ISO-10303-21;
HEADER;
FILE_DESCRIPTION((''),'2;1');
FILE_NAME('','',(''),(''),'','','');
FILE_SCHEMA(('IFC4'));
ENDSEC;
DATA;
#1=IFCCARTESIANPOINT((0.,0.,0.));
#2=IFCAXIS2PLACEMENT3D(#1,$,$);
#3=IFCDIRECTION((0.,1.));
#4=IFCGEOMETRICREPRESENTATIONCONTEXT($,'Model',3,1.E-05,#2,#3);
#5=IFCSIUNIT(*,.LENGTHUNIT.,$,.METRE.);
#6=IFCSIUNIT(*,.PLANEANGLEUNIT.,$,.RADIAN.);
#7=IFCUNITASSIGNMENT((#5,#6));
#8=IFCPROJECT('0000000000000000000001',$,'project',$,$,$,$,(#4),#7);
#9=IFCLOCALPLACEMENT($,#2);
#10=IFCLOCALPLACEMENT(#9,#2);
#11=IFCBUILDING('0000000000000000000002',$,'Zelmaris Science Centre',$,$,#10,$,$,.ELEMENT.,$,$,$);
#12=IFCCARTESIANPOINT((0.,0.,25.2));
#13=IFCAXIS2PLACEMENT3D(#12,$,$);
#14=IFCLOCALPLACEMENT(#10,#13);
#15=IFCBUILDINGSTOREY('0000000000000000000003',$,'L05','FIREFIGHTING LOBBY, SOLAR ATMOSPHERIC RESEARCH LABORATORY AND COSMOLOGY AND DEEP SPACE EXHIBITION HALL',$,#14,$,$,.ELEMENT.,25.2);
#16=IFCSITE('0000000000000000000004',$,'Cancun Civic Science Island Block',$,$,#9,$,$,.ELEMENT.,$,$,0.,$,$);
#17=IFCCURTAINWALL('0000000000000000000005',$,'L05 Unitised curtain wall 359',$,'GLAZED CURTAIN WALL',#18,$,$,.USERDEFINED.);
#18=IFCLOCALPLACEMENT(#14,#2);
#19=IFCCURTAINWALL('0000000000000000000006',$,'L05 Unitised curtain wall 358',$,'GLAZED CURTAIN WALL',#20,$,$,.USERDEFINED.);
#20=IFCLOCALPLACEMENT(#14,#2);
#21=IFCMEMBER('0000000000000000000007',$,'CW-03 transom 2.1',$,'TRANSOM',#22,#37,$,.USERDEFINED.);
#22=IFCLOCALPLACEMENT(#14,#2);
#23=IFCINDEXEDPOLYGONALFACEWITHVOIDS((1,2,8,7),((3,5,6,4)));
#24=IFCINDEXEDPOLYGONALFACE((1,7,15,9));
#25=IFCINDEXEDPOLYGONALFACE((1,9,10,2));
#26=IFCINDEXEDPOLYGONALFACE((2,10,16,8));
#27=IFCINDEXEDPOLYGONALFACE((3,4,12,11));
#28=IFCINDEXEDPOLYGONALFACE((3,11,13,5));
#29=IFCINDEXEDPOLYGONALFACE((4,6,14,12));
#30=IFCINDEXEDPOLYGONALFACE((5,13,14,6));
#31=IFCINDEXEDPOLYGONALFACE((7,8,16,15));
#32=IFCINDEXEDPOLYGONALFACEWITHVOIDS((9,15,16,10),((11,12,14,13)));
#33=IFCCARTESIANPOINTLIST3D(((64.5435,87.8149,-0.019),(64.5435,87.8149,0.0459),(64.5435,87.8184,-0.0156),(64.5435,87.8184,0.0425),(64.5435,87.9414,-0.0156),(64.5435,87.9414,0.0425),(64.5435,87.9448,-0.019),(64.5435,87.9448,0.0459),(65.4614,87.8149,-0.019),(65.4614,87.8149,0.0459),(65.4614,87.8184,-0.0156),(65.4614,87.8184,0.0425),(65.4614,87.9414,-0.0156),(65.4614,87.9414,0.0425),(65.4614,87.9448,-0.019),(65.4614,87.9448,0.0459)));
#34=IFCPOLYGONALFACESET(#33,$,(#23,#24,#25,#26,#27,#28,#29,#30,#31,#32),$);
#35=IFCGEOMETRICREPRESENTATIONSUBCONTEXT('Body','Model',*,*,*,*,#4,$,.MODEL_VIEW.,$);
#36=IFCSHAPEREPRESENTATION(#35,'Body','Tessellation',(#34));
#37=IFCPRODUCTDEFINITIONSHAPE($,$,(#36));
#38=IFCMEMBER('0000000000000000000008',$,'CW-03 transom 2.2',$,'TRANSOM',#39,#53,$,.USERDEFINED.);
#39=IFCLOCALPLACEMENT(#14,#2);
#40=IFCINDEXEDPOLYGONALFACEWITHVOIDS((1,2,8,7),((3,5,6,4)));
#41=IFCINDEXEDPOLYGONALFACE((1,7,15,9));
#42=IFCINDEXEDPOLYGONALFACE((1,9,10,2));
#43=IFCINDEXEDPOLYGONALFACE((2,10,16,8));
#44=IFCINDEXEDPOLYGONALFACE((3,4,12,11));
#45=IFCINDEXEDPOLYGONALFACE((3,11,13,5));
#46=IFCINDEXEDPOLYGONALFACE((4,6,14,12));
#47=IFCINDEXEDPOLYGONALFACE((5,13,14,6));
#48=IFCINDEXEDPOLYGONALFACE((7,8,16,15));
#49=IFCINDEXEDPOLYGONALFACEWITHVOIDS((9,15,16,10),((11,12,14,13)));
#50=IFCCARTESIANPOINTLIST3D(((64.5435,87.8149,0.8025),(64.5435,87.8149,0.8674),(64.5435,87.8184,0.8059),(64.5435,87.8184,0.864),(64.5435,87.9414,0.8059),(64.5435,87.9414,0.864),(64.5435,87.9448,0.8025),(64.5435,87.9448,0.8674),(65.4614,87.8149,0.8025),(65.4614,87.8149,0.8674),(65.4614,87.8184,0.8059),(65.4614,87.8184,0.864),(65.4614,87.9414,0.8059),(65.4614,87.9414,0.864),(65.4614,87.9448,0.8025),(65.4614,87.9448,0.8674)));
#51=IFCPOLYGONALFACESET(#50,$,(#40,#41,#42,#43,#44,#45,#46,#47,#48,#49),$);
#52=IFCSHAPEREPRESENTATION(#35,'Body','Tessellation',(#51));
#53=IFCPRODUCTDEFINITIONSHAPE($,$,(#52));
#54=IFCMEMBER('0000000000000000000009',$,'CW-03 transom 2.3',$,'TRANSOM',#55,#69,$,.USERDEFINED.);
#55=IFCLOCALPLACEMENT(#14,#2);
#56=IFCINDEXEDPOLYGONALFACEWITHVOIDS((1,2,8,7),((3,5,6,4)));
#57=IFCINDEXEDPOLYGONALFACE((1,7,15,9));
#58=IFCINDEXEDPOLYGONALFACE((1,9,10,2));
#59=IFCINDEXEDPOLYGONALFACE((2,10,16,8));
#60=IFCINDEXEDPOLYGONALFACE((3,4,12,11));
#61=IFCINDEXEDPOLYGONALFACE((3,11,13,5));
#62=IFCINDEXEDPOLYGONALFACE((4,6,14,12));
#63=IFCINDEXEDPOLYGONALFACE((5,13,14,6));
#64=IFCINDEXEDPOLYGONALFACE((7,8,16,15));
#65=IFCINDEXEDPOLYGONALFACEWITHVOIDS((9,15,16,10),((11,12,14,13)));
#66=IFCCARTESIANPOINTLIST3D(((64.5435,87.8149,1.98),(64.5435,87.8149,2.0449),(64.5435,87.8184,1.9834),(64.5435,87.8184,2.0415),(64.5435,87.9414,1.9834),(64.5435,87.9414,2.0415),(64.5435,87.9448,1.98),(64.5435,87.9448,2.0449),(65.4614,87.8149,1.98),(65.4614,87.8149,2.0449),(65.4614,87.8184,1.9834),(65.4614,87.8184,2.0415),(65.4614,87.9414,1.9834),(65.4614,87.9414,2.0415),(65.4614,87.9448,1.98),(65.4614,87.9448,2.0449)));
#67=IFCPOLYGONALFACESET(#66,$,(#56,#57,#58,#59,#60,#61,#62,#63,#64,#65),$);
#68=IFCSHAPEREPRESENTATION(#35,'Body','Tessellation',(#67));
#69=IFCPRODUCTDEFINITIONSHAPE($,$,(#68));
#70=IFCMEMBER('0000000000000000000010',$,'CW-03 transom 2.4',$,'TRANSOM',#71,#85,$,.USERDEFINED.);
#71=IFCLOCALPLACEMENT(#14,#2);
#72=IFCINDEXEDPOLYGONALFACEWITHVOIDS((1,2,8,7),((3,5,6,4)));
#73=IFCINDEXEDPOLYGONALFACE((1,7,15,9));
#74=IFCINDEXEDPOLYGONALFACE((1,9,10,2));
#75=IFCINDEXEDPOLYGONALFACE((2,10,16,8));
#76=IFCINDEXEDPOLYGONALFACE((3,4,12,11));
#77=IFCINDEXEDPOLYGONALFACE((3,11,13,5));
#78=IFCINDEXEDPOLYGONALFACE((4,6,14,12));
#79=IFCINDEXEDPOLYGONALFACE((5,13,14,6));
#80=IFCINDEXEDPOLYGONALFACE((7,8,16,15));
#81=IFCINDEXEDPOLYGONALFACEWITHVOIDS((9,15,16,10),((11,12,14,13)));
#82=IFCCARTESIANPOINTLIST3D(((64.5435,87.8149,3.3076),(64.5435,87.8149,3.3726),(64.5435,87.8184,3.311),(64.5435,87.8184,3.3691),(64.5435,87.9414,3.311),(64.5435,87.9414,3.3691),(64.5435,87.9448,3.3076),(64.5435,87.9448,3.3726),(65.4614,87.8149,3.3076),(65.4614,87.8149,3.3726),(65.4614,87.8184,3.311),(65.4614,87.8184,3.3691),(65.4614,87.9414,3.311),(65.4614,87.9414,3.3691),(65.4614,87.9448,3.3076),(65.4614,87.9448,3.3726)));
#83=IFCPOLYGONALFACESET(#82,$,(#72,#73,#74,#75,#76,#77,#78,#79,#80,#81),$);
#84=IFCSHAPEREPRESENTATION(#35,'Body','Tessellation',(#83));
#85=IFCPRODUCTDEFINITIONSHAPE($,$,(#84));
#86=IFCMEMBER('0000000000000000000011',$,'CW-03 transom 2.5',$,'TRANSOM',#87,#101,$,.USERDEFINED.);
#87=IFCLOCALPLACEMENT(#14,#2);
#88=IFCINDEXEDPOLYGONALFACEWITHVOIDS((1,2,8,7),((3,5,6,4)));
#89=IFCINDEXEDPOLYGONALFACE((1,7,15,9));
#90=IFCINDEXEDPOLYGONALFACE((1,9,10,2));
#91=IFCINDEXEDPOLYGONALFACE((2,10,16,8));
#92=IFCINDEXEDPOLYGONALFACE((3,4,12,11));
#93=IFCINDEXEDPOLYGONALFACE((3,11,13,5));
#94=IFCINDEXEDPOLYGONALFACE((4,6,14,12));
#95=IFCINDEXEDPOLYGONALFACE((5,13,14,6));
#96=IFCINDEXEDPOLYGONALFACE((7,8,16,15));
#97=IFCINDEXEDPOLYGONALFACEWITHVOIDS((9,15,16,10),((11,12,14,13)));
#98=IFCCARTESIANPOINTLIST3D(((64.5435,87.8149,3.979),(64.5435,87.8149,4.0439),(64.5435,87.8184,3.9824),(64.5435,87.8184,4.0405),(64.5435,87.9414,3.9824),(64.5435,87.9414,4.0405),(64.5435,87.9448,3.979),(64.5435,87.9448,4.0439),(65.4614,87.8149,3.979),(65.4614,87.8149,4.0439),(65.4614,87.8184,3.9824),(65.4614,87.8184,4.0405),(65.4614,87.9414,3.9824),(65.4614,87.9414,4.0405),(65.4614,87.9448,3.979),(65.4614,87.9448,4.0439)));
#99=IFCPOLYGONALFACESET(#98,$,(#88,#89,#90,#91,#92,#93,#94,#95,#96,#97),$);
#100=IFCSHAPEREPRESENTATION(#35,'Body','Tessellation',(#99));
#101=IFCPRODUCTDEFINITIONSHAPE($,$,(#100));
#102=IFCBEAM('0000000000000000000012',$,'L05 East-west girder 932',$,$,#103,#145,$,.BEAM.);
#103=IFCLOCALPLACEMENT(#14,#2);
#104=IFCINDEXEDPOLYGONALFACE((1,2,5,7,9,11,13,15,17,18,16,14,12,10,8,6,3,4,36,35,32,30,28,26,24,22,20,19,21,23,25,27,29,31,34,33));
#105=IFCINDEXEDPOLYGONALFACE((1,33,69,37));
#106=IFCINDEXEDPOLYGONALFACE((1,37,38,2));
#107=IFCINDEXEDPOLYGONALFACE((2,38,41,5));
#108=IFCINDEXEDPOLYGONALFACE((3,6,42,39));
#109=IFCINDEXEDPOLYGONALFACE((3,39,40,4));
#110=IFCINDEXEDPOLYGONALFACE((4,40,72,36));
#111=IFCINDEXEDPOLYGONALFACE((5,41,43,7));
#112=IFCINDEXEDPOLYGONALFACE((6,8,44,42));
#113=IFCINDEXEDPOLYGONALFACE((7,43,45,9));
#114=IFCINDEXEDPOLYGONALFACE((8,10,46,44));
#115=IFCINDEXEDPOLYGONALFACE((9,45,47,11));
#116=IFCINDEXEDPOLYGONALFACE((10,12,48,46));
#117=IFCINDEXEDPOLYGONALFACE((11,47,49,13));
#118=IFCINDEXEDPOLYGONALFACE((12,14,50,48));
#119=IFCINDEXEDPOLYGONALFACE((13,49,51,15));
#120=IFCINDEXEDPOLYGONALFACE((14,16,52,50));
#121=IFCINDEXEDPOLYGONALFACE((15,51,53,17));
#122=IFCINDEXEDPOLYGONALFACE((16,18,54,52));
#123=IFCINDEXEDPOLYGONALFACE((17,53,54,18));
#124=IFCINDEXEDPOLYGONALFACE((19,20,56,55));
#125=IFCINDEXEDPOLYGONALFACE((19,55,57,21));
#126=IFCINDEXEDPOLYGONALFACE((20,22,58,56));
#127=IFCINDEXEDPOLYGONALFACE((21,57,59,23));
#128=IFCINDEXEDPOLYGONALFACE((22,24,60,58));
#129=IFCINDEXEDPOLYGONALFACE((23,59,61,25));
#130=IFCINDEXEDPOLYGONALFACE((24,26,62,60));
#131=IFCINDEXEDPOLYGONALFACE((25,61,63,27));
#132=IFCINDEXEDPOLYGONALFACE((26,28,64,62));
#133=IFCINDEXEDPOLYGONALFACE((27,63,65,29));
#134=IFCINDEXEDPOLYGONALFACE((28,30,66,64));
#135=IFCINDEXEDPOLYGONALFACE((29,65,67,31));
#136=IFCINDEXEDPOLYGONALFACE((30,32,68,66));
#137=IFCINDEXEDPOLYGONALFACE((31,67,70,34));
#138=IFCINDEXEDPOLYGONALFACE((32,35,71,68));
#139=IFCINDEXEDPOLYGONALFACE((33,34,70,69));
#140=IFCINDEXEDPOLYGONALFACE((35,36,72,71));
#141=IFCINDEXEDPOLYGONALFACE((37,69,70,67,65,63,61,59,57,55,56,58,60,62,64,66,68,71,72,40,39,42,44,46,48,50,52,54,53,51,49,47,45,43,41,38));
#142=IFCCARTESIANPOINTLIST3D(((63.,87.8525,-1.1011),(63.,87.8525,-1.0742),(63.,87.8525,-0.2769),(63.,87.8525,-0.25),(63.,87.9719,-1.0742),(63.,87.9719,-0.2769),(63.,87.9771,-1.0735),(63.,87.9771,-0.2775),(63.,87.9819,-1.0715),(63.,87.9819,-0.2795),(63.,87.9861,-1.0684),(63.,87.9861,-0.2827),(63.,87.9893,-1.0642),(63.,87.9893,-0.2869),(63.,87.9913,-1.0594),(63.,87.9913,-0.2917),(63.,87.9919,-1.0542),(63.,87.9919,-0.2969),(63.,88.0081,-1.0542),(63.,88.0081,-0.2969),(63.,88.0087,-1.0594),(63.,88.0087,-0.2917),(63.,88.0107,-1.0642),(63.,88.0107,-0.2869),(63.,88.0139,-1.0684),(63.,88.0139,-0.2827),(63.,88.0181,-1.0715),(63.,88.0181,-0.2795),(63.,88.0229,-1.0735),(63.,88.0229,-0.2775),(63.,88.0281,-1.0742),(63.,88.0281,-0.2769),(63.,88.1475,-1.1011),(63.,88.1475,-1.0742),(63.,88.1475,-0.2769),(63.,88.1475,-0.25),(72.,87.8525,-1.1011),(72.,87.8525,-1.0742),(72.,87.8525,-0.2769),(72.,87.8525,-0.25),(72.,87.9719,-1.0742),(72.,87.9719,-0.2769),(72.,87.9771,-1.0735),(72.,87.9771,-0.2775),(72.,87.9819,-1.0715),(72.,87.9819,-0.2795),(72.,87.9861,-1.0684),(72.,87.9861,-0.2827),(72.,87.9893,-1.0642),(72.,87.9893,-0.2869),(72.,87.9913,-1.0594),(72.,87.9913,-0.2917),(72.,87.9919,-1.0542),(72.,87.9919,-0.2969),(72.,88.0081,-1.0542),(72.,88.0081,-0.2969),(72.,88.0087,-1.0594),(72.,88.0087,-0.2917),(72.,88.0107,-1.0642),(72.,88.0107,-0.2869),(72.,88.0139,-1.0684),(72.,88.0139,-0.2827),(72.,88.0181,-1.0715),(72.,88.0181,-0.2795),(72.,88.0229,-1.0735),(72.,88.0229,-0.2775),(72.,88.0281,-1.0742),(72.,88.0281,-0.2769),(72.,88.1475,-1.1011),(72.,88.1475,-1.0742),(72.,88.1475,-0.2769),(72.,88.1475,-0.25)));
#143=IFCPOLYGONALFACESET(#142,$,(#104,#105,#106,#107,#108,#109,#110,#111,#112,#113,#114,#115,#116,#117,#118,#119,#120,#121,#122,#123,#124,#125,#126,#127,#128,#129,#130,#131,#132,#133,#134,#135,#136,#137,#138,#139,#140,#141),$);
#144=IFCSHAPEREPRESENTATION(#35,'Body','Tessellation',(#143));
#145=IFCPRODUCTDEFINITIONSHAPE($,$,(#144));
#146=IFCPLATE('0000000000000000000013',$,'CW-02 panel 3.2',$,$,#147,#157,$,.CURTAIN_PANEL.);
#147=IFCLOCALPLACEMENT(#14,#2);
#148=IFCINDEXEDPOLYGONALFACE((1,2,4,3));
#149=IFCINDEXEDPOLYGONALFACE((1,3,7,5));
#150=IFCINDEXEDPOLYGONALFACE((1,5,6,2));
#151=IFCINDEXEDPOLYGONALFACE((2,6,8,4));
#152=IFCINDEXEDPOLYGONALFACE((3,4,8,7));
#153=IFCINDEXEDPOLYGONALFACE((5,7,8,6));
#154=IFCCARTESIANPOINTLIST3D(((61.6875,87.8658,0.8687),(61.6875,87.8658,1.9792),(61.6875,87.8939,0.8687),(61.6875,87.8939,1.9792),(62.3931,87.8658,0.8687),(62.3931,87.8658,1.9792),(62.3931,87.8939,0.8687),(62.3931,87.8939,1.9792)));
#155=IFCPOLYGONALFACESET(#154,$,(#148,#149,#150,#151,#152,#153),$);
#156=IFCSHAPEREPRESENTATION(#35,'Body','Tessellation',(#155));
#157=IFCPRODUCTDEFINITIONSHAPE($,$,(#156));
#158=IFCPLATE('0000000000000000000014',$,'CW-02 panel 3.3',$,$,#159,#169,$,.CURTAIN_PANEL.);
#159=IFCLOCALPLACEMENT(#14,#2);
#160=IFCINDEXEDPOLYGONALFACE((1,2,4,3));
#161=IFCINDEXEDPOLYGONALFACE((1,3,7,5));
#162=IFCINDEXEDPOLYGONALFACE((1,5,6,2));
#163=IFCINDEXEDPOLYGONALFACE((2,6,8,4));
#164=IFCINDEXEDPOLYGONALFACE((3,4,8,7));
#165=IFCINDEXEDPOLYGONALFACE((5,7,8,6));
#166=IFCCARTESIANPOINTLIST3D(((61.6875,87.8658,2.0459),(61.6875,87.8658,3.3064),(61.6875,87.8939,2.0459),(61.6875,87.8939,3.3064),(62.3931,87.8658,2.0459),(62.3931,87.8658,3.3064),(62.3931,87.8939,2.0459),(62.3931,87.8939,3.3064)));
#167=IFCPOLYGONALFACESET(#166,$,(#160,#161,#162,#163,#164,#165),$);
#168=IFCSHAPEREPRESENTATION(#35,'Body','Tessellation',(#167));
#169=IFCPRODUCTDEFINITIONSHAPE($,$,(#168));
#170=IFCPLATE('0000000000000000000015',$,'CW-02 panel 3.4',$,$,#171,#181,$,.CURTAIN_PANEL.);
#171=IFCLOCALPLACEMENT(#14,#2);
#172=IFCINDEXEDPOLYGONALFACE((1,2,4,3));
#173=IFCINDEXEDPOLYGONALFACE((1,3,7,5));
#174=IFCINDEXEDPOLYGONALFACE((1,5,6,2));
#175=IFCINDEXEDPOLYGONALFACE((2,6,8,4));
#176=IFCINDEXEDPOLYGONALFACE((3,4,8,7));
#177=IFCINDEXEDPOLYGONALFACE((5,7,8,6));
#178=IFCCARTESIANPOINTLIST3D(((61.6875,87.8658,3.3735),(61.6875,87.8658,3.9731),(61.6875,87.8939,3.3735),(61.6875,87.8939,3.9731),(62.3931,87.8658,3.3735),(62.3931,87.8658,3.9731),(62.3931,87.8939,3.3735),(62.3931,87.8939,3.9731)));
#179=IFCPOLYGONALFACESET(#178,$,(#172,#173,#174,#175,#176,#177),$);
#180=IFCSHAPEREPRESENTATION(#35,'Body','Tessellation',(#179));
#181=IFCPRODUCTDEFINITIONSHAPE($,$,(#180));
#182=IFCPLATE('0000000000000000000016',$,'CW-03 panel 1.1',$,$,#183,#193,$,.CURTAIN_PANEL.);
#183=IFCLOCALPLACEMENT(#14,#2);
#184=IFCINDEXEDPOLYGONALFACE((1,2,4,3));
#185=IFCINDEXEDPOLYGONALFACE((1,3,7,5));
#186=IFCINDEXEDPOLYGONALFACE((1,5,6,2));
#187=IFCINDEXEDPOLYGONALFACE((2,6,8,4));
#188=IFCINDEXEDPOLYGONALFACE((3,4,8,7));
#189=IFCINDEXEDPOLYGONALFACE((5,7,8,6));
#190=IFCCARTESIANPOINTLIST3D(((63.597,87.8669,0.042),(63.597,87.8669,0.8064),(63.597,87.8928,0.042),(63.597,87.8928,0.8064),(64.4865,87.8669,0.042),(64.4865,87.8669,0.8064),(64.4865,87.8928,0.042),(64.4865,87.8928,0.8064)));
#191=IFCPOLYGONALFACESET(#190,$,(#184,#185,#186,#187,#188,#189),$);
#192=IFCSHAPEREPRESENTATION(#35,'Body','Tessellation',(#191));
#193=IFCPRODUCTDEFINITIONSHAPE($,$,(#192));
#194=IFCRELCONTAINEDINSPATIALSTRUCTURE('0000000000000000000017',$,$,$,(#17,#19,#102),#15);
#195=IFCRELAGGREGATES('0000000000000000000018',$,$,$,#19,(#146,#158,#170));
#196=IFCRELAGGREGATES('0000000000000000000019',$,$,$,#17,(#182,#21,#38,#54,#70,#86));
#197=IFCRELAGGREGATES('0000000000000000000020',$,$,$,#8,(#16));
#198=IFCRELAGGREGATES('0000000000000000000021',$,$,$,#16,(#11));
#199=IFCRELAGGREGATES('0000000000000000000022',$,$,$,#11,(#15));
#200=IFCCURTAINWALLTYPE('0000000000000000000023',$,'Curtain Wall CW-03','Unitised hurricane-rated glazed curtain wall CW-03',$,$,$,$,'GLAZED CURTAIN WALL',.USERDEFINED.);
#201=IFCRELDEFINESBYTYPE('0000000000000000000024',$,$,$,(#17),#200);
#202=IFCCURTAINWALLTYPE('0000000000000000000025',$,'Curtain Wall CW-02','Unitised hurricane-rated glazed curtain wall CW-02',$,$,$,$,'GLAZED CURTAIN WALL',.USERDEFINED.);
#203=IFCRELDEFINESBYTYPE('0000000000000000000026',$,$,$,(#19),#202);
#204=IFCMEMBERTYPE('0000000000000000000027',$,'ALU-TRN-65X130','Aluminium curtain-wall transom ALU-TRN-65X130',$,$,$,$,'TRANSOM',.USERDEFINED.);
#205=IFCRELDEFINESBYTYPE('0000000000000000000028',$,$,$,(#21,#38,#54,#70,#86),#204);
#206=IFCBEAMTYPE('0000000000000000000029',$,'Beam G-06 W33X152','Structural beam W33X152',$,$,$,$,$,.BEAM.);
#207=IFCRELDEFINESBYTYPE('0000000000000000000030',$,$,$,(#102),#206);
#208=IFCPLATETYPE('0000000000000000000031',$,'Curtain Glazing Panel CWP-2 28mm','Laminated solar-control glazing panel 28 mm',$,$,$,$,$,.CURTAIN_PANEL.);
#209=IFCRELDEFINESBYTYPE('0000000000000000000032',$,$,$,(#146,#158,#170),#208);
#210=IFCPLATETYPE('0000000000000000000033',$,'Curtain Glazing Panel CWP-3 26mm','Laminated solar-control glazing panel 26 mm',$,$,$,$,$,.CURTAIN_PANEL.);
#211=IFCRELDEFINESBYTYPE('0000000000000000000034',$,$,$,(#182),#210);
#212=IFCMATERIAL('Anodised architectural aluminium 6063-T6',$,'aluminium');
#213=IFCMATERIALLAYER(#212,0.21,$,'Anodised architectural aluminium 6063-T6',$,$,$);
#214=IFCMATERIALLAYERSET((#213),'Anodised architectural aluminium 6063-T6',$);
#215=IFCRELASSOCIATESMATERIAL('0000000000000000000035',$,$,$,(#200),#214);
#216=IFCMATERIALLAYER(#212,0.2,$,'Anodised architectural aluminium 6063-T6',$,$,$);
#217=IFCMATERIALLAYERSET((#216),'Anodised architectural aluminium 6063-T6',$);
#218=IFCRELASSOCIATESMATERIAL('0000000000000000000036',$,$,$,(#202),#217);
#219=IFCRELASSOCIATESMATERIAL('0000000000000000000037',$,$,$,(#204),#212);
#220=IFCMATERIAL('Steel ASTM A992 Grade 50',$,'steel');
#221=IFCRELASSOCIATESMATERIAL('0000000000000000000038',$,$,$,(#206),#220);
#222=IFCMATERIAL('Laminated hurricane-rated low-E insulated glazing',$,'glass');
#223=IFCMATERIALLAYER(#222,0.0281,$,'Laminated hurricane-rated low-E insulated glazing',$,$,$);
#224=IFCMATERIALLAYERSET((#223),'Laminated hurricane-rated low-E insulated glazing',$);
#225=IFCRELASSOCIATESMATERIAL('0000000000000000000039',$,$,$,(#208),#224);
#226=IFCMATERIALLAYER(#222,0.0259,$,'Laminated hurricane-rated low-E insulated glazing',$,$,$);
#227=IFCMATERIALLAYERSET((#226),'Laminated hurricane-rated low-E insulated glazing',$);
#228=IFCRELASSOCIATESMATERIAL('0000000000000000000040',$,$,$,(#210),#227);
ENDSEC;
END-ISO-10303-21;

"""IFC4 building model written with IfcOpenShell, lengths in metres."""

from ifc_helpers import new_model, si_unit, direction, frame, origin, origin_2d, place, context, subcontext, project, spatial, rectangle, hollow_rectangle, i_section, extrude, material, layer, layer_set, material_profile, profile_set, type_object, element, aggregate, save


model = new_model("IFC4")

# Units and contexts
model_context = context("Model", 3, precision=1e-05, world=origin(), true_north=direction((0.0, 1.0)))
body_context = subcontext(model_context, "Body", "Model", "MODEL_VIEW")
ifc_project = project(units=[si_unit("LENGTHUNIT", "METRE"), si_unit("PLANEANGLEUNIT", "RADIAN")], contexts=[model_context])

# Site, building, storey
site_placement = place(None, origin())
site = spatial("IfcSite", under=ifc_project, at=site_placement, Name="Cancun Civic Science Island Block", CompositionType="ELEMENT", RefElevation=0.0)
building_placement = place(site_placement, origin())
building = spatial("IfcBuilding", under=site, at=building_placement, Name="Zelmaris Science Centre", CompositionType="ELEMENT")
storey_placement = place(building_placement, frame((0.0, 0.0, 25.2)))
storey = spatial("IfcBuildingStorey", under=building, at=storey_placement, Name="L05", Description="FIREFIGHTING LOBBY, SOLAR ATMOSPHERIC RESEARCH LABORATORY AND COSMOLOGY AND DEEP SPACE EXHIBITION HALL", CompositionType="ELEMENT", Elevation=25.2)

# Shared definitions
ifc_material_1 = material(Name="Steel ASTM A992 Grade 50", Category="steel")

# Curtain wall
ifc_material_2 = material(Name="Anodised architectural aluminium 6063-T6", Category="aluminium")
ifc_layer_1 = layer(ifc_material_2, 0.21, Name="Anodised architectural aluminium 6063-T6")
ifc_layer_set_1 = layer_set([ifc_layer_1], Name="Anodised architectural aluminium 6063-T6")
curtain_wall_type_1 = type_object("IfcCurtainWallType", Name="Curtain Wall CW-03", Description="Unitised hurricane-rated glazed curtain wall CW-03", ElementType="GLAZED CURTAIN WALL", PredefinedType="USERDEFINED", material=ifc_layer_set_1)
curtain_wall_1_placement = place(storey_placement, origin())
curtain_wall_1 = element("IfcCurtainWall", 1, at=curtain_wall_1_placement, inside=storey, type_object=curtain_wall_type_1, Name="L05 Unitised curtain wall 359", ObjectType="GLAZED CURTAIN WALL", PredefinedType="USERDEFINED")

# Curtain wall
ifc_layer_2 = layer(ifc_material_2, 0.2, Name="Anodised architectural aluminium 6063-T6")
ifc_layer_set_2 = layer_set([ifc_layer_2], Name="Anodised architectural aluminium 6063-T6")
curtain_wall_type_2 = type_object("IfcCurtainWallType", Name="Curtain Wall CW-02", Description="Unitised hurricane-rated glazed curtain wall CW-02", ElementType="GLAZED CURTAIN WALL", PredefinedType="USERDEFINED", material=ifc_layer_set_2)
curtain_wall_2_placement = place(storey_placement, origin())
curtain_wall_2 = element("IfcCurtainWall", 2, at=curtain_wall_2_placement, inside=storey, type_object=curtain_wall_type_2, Name="L05 Unitised curtain wall 358", ObjectType="GLAZED CURTAIN WALL", PredefinedType="USERDEFINED")

# Members
ifc_material_profile_1 = material_profile(ifc_material_2, hollow_rectangle(XDim=0.0649, YDim=0.1299, WallThickness=0.0034, at=origin_2d()), Name="ALU-TRN-65X130")
ifc_profile_set_1 = profile_set([ifc_material_profile_1], Name="Anodised architectural aluminium 6063-T6")
member_type_1 = type_object("IfcMemberType", Name="ALU-TRN-65X130", Description="Aluminium curtain-wall transom ALU-TRN-65X130", ElementType="TRANSOM", PredefinedType="USERDEFINED", material=ifc_profile_set_1)
member_1_placement = place(storey_placement, frame((64.5435, 87.8799, 0.0134), z_axis=(1.0, 0.0, 0.0), x_axis=(0.0, 0.0, 1.0)))
member_1 = element("IfcMember", 3, at=member_1_placement, type_object=member_type_1, Name="CW-03 transom 2.1", ObjectType="TRANSOM", PredefinedType="USERDEFINED", context=body_context, shape_type="SweptSolid", body=[
    extrude(hollow_rectangle(XDim=0.0649, YDim=0.1299, WallThickness=0.0034, at=origin_2d()), origin(), (0.0, 0.0, 1.0), 0.918),
])
member_2_placement = place(storey_placement, frame((64.5435, 87.8799, 0.835), z_axis=(1.0, 0.0, 0.0), x_axis=(0.0, 0.0, 1.0)))
member_2 = element("IfcMember", 4, at=member_2_placement, type_object=member_type_1, Name="CW-03 transom 2.2", ObjectType="TRANSOM", PredefinedType="USERDEFINED", context=body_context, shape_type="SweptSolid", body=[
    extrude(hollow_rectangle(XDim=0.0649, YDim=0.1299, WallThickness=0.0034, at=origin_2d()), origin(), (0.0, 0.0, 1.0), 0.918),
])
member_3_placement = place(storey_placement, frame((64.5435, 87.8799, 2.0125), z_axis=(1.0, 0.0, 0.0), x_axis=(0.0, 0.0, 1.0)))
member_3 = element("IfcMember", 5, at=member_3_placement, type_object=member_type_1, Name="CW-03 transom 2.3", ObjectType="TRANSOM", PredefinedType="USERDEFINED", context=body_context, shape_type="SweptSolid", body=[
    extrude(hollow_rectangle(XDim=0.0649, YDim=0.1299, WallThickness=0.0034, at=origin_2d()), origin(), (0.0, 0.0, 1.0), 0.918),
])
member_4_placement = place(storey_placement, frame((64.5435, 87.8799, 3.3401), z_axis=(1.0, 0.0, 0.0), x_axis=(0.0, 0.0, 1.0)))
member_4 = element("IfcMember", 6, at=member_4_placement, type_object=member_type_1, Name="CW-03 transom 2.4", ObjectType="TRANSOM", PredefinedType="USERDEFINED", context=body_context, shape_type="SweptSolid", body=[
    extrude(hollow_rectangle(XDim=0.0649, YDim=0.1299, WallThickness=0.0034, at=origin_2d()), origin(), (0.0, 0.0, 1.0), 0.918),
])
member_5_placement = place(storey_placement, frame((64.5435, 87.8799, 4.0115), z_axis=(1.0, 0.0, 0.0), x_axis=(0.0, 0.0, 1.0)))
member_5 = element("IfcMember", 7, at=member_5_placement, type_object=member_type_1, Name="CW-03 transom 2.5", ObjectType="TRANSOM", PredefinedType="USERDEFINED", context=body_context, shape_type="SweptSolid", body=[
    extrude(hollow_rectangle(XDim=0.0649, YDim=0.1299, WallThickness=0.0034, at=origin_2d()), origin(), (0.0, 0.0, 1.0), 0.918),
])

# Beam
ifc_material_profile_2 = material_profile(ifc_material_1, i_section(OverallWidth=0.2949, OverallDepth=0.8511, WebThickness=0.0161, FlangeThickness=0.0269, FilletRadius=0.02, at=origin_2d()), Name="W33X152")
ifc_profile_set_2 = profile_set([ifc_material_profile_2], Name="Steel ASTM A992 Grade 50")
beam_type = type_object("IfcBeamType", Name="Beam G-06 W33X152", Description="Structural beam W33X152", PredefinedType="BEAM", material=ifc_profile_set_2)
beam_placement = place(storey_placement, frame((63.0, 88.0, -0.6755), z_axis=(1.0, 0.0, 0.0), x_axis=(0.0, 1.0, 0.0)))
element("IfcBeam", 8, at=beam_placement, inside=storey, type_object=beam_type, Name="L05 East-west girder 932", PredefinedType="BEAM", context=body_context, shape_type="SweptSolid", body=[
    extrude(i_section(OverallWidth=0.2949, OverallDepth=0.8511, WebThickness=0.0161, FlangeThickness=0.0269, FilletRadius=0.02, at=origin_2d()), origin(), (0.0, 0.0, 1.0), 9.0),
])

# Plates
ifc_material_3 = material(Name="Laminated hurricane-rated low-E insulated glazing", Category="glass")
ifc_layer_3 = layer(ifc_material_3, 0.0281, Name="Laminated hurricane-rated low-E insulated glazing")
ifc_layer_set_3 = layer_set([ifc_layer_3], Name="Laminated hurricane-rated low-E insulated glazing")
plate_type_1 = type_object("IfcPlateType", Name="Curtain Glazing Panel CWP-2 28mm", Description="Laminated solar-control glazing panel 28 mm", PredefinedType="CURTAIN_PANEL", material=ifc_layer_set_3)
plate_1_placement = place(storey_placement, frame((62.0403, 87.8799, 0.8687), z_axis=(0.0, 0.0, 1.0), x_axis=(1.0, 0.0, 0.0)))
plate_1 = element("IfcPlate", 9, at=plate_1_placement, type_object=plate_type_1, Name="CW-02 panel 3.2", PredefinedType="CURTAIN_PANEL", context=body_context, shape_type="SweptSolid", body=[
    extrude(rectangle(XDim=0.7056, YDim=0.0281, at=origin_2d()), origin(), (0.0, 0.0, 1.0), 1.1106),
])
plate_2_placement = place(storey_placement, frame((62.0403, 87.8799, 2.0459), z_axis=(0.0, 0.0, 1.0), x_axis=(1.0, 0.0, 0.0)))
plate_2 = element("IfcPlate", 10, at=plate_2_placement, type_object=plate_type_1, Name="CW-02 panel 3.3", PredefinedType="CURTAIN_PANEL", context=body_context, shape_type="SweptSolid", body=[
    extrude(rectangle(XDim=0.7056, YDim=0.0281, at=origin_2d()), origin(), (0.0, 0.0, 1.0), 1.2605),
])
plate_3_placement = place(storey_placement, frame((62.0403, 87.8799, 3.3735), z_axis=(0.0, 0.0, 1.0), x_axis=(1.0, 0.0, 0.0)))
plate_3 = element("IfcPlate", 11, at=plate_3_placement, type_object=plate_type_1, Name="CW-02 panel 3.4", PredefinedType="CURTAIN_PANEL", context=body_context, shape_type="SweptSolid", body=[
    extrude(rectangle(XDim=0.7056, YDim=0.0281, at=origin_2d()), origin(), (0.0, 0.0, 1.0), 0.5996),
])
aggregate(curtain_wall_2, [plate_1, plate_2, plate_3])
ifc_layer_4 = layer(ifc_material_3, 0.0259, Name="Laminated hurricane-rated low-E insulated glazing")
ifc_layer_set_4 = layer_set([ifc_layer_4], Name="Laminated hurricane-rated low-E insulated glazing")
plate_type_2 = type_object("IfcPlateType", Name="Curtain Glazing Panel CWP-3 26mm", Description="Laminated solar-control glazing panel 26 mm", PredefinedType="CURTAIN_PANEL", material=ifc_layer_set_4)
plate_4_placement = place(storey_placement, frame((64.0417, 87.8799, 0.042), z_axis=(0.0, 0.0, 1.0), x_axis=(1.0, 0.0, 0.0)))
plate_4 = element("IfcPlate", 12, at=plate_4_placement, type_object=plate_type_2, Name="CW-03 panel 1.1", PredefinedType="CURTAIN_PANEL", context=body_context, shape_type="SweptSolid", body=[
    extrude(rectangle(XDim=0.8894, YDim=0.0259, at=origin_2d()), origin(), (0.0, 0.0, 1.0), 0.7644),
])
aggregate(curtain_wall_1, [plate_4, member_1, member_2, member_3, member_4, member_5])

save(model, "model.ifc")
